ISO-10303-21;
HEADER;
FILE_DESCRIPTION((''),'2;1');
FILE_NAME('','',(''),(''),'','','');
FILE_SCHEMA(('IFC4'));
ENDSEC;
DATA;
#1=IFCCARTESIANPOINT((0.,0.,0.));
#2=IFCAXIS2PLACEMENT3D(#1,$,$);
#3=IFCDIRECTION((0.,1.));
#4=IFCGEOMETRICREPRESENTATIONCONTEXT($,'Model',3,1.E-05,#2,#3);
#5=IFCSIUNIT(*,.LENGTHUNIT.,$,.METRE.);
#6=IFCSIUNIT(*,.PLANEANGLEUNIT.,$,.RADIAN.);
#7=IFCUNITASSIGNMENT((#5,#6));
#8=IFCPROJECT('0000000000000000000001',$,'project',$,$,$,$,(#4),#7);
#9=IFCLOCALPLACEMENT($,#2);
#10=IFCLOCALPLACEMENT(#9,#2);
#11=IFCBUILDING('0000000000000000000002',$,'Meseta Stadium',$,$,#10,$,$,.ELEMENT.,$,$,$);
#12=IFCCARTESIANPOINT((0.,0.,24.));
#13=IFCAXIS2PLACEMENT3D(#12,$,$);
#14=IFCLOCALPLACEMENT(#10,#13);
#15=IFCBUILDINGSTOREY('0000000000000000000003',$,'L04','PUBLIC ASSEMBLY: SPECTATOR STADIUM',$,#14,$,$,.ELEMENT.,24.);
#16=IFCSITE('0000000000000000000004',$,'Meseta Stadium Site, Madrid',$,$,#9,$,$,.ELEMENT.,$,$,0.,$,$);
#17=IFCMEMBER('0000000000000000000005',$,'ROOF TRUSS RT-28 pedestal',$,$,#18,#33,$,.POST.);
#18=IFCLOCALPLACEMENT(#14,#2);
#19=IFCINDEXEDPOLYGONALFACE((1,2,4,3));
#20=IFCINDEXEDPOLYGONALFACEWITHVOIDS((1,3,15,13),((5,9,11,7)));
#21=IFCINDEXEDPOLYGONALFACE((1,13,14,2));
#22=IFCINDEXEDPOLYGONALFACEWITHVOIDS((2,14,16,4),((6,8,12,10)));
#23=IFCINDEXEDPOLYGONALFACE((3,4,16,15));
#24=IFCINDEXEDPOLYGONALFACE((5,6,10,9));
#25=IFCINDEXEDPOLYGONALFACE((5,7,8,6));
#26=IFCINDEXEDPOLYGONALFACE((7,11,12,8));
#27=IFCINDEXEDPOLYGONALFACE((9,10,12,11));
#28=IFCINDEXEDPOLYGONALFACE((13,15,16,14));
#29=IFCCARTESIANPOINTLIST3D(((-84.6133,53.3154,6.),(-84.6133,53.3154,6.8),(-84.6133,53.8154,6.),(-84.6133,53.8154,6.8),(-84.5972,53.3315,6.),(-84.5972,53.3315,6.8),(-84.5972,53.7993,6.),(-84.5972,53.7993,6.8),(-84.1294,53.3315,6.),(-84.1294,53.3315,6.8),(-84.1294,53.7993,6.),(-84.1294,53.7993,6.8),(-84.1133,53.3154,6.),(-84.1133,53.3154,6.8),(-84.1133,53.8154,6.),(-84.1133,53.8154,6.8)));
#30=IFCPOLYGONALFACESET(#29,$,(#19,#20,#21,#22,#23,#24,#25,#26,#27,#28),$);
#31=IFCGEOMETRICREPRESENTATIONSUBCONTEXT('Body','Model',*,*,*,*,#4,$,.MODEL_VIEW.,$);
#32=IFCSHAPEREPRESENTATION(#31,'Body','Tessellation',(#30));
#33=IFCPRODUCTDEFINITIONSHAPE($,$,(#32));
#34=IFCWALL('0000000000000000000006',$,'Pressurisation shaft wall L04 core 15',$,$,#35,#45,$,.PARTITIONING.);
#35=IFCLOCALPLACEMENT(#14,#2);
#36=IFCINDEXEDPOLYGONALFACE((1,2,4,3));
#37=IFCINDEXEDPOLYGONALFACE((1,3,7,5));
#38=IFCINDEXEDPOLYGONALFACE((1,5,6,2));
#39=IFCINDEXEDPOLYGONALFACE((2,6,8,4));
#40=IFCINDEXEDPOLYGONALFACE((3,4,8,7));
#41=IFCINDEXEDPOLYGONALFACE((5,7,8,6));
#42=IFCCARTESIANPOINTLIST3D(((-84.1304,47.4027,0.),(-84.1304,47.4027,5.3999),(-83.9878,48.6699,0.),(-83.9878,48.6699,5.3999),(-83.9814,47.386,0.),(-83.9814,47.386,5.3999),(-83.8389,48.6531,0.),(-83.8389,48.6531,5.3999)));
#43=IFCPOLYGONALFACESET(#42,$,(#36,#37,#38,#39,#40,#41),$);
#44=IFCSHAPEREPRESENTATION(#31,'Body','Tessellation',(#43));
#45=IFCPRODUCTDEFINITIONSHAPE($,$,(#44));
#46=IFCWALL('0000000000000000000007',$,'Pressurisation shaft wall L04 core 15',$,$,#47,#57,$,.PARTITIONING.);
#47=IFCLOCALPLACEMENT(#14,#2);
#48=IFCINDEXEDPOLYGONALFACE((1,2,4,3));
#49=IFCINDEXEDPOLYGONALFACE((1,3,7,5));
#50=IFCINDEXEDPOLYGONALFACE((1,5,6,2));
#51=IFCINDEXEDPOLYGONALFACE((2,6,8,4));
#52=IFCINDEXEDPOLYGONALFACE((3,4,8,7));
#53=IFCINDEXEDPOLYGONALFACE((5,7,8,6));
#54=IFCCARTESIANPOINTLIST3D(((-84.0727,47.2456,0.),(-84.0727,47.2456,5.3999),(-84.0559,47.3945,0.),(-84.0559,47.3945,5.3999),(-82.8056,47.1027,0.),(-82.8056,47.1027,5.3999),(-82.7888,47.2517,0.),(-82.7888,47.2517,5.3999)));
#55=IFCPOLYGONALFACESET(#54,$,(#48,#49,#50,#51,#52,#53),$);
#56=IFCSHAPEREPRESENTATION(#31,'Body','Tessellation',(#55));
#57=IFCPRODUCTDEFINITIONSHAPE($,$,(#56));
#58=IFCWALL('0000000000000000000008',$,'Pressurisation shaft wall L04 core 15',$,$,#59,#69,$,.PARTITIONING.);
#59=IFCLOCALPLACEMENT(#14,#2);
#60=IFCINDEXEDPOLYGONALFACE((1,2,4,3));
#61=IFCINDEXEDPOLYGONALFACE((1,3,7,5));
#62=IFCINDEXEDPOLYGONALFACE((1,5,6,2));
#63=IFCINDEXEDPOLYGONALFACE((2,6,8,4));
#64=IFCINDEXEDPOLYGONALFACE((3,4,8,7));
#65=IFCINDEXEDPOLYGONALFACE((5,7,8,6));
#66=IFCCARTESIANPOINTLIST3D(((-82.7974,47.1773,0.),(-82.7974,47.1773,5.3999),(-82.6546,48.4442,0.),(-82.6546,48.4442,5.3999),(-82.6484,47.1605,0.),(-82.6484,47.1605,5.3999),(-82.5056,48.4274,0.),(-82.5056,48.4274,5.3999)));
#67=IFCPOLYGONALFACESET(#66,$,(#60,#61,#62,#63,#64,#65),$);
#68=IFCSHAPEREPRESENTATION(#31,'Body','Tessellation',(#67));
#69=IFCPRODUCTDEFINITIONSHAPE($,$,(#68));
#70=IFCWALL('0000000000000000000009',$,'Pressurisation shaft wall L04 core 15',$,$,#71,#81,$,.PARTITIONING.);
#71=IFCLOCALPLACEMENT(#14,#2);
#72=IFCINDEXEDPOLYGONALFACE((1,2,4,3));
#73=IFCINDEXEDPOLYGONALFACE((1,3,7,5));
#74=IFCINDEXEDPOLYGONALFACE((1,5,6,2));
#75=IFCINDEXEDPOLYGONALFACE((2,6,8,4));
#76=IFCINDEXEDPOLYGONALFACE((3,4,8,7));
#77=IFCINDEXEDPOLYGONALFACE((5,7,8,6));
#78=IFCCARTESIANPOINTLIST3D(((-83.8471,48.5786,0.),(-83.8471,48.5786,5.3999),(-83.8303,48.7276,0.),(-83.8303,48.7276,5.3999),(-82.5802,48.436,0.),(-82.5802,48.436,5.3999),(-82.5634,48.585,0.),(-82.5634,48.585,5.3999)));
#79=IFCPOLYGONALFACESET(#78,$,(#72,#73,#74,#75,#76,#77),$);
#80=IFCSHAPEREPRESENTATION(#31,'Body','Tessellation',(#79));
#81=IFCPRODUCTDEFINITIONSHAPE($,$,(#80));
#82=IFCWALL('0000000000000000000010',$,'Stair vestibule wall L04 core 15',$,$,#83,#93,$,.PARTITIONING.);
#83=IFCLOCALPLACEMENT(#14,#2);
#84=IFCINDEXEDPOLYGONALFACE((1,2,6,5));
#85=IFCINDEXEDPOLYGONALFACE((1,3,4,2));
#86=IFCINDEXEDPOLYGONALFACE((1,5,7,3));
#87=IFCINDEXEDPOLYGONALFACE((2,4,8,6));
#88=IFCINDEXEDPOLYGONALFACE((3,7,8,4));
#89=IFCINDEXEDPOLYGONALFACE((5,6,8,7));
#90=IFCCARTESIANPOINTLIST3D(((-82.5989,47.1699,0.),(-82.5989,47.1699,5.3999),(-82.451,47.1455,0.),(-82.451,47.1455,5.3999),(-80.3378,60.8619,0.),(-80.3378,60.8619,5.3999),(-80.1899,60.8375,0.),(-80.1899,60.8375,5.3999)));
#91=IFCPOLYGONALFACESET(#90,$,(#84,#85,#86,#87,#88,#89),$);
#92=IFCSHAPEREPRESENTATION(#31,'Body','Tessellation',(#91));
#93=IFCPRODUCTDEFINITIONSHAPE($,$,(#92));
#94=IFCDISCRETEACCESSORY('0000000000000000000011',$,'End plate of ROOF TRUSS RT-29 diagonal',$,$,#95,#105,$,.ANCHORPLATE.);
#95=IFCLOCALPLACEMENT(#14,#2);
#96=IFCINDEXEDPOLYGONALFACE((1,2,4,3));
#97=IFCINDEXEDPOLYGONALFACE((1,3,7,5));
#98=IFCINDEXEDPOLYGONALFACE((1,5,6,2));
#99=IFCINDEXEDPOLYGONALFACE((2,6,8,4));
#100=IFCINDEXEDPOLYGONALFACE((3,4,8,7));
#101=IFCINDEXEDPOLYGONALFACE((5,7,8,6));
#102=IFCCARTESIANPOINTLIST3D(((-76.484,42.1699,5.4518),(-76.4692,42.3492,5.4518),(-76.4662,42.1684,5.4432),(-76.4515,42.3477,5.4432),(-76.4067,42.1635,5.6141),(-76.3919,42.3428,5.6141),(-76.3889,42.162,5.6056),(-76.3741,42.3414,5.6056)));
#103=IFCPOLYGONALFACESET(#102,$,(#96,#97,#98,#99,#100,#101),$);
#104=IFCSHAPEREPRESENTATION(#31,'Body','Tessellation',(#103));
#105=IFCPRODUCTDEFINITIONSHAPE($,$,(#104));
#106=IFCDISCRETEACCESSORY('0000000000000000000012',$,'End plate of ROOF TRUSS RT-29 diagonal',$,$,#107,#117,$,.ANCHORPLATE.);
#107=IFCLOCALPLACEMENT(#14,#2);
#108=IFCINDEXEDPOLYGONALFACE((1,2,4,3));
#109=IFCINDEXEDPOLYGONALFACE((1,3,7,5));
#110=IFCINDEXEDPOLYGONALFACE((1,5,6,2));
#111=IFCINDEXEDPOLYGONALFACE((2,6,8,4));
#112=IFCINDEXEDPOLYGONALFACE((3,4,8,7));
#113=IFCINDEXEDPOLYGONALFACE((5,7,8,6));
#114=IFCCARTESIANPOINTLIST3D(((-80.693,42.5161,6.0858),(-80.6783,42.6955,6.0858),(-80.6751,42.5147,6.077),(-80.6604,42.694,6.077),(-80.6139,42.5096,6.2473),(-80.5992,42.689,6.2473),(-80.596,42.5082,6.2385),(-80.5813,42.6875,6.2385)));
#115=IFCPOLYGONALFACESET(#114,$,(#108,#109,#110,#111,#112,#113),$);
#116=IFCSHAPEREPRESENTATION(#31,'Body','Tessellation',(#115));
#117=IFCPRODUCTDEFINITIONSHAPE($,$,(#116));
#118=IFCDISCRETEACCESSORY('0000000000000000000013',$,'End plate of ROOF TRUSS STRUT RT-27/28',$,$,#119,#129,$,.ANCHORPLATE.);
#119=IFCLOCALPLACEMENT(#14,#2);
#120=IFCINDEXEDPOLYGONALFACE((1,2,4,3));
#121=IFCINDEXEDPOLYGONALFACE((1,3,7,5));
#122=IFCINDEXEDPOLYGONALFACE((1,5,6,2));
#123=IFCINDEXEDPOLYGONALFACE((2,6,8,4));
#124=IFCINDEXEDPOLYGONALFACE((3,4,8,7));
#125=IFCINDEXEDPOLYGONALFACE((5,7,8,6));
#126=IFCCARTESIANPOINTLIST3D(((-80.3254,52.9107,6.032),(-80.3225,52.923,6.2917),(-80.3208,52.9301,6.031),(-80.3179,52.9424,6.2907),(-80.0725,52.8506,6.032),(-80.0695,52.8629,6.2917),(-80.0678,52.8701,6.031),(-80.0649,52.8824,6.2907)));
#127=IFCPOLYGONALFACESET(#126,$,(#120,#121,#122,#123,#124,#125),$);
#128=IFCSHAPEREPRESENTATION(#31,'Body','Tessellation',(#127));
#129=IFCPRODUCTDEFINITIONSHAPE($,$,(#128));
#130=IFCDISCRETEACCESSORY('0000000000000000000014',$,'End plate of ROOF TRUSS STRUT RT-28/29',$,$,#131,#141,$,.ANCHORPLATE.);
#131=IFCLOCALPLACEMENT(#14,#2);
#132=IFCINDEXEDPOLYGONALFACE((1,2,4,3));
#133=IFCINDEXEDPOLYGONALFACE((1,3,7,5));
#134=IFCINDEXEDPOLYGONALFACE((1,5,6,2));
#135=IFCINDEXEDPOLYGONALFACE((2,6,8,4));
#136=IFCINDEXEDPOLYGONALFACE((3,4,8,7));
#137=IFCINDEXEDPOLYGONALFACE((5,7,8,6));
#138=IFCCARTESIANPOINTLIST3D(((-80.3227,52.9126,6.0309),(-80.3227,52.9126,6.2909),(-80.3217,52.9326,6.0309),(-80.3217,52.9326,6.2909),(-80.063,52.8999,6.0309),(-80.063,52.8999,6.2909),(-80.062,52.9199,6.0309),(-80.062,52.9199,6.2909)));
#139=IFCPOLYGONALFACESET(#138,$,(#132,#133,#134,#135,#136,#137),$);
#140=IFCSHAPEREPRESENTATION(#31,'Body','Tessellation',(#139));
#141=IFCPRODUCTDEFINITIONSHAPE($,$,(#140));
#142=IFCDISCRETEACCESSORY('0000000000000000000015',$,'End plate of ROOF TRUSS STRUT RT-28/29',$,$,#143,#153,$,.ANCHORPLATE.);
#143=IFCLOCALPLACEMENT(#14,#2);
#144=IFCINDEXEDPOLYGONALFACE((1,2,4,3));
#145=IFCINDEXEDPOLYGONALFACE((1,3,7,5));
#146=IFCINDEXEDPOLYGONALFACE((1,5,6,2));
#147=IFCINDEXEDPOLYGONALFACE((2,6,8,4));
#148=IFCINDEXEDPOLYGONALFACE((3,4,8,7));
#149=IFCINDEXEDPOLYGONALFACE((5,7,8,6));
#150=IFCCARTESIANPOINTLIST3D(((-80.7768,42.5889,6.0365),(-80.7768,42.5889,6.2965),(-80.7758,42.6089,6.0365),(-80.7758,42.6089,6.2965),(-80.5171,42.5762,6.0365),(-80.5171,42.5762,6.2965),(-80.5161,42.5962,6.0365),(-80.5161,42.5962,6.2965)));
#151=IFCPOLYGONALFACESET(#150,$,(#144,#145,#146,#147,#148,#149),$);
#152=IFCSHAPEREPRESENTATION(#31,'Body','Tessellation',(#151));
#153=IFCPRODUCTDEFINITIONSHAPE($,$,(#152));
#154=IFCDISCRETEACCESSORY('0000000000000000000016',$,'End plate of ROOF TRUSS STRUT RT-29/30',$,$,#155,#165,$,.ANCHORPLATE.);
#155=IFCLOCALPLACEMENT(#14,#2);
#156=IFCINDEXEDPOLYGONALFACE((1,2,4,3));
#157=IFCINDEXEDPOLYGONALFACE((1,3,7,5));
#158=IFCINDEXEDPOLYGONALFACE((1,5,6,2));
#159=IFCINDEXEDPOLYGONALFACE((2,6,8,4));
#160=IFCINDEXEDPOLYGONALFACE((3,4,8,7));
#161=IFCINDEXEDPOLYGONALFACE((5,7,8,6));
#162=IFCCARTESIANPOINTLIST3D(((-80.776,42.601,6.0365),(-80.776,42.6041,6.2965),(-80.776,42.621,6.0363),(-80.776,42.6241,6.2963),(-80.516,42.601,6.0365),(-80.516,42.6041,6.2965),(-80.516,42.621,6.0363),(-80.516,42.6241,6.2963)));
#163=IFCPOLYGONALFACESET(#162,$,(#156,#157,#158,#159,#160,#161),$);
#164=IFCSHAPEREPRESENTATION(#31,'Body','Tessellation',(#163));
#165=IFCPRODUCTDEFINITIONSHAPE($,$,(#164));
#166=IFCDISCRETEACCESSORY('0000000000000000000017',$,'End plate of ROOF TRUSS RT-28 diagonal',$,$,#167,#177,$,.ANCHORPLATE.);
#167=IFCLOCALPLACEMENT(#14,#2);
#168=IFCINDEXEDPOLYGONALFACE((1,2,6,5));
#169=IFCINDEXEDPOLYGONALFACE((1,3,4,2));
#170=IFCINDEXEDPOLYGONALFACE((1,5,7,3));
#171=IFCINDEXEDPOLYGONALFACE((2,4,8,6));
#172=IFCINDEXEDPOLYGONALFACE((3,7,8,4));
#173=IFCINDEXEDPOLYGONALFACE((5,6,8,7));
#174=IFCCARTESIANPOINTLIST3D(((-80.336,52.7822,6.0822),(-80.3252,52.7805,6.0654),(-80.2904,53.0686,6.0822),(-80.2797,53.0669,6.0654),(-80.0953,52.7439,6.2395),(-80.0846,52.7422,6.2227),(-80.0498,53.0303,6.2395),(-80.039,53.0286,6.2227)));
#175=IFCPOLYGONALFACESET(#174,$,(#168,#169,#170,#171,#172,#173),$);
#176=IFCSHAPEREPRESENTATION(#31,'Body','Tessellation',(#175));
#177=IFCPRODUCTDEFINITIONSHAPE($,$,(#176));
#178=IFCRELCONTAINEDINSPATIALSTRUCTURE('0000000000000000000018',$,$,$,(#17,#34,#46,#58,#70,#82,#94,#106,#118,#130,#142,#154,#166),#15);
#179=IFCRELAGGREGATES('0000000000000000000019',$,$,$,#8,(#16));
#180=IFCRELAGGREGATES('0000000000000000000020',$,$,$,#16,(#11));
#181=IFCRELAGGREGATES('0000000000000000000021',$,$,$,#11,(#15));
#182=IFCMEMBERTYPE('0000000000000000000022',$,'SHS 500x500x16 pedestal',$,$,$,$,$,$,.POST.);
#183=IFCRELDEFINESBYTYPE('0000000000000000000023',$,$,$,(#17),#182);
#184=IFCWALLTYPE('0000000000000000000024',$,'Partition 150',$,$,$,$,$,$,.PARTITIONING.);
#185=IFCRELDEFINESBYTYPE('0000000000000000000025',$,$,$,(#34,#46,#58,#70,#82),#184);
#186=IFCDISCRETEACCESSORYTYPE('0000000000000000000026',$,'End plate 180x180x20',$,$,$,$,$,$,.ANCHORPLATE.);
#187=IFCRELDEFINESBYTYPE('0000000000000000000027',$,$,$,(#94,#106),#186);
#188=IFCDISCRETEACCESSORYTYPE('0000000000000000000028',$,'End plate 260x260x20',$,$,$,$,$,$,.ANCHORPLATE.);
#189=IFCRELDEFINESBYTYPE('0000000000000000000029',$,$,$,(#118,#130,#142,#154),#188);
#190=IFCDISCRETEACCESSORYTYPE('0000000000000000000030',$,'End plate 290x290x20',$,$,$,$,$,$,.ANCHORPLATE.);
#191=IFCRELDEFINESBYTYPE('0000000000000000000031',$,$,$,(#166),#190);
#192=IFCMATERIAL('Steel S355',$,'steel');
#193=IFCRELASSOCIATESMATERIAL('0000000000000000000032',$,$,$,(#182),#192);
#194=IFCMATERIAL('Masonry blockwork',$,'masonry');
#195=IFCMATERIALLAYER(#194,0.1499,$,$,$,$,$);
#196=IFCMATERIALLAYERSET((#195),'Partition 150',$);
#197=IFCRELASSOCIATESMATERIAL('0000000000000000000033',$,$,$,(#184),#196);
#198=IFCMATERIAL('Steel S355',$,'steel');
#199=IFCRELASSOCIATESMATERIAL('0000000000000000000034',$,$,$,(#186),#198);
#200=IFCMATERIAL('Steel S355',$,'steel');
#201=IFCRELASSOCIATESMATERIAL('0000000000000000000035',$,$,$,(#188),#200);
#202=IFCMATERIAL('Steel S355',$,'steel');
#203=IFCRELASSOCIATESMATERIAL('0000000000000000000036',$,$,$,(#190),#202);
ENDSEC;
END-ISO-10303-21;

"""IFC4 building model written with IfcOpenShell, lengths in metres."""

from ifc_helpers import new_model, si_unit, direction, frame, frame_2d, origin, origin_2d, place, context, subcontext, project, spatial, rectangle, hollow_rectangle, extrude, material, layer, layer_set, material_profile, profile_set, type_object, element, save


model = new_model("IFC4")

# Units and contexts
model_context = context("Model", 3, precision=1e-05, world=origin(), true_north=direction((0.0, 1.0)))
body_context = subcontext(model_context, "Body", "Model", "MODEL_VIEW")
ifc_project = project(units=[si_unit("LENGTHUNIT", "METRE"), si_unit("PLANEANGLEUNIT", "RADIAN")], contexts=[model_context])

# Site, building, storey
site_placement = place(None, origin())
site = spatial("IfcSite", under=ifc_project, at=site_placement, Name="Meseta Stadium Site, Madrid", CompositionType="ELEMENT", RefElevation=0.0)
building_placement = place(site_placement, origin())
building = spatial("IfcBuilding", under=site, at=building_placement, Name="Meseta Stadium", CompositionType="ELEMENT")
storey_placement = place(building_placement, frame((0.0, 0.0, 24.0)))
storey = spatial("IfcBuildingStorey", under=building, at=storey_placement, Name="L04", Description="PUBLIC ASSEMBLY: SPECTATOR STADIUM", CompositionType="ELEMENT", Elevation=24.0)

# Member
ifc_material_1 = material(Name="Steel S355", Category="steel")
ifc_material_profile_1 = material_profile(ifc_material_1, hollow_rectangle(XDim=0.5, YDim=0.5, WallThickness=0.0161, at=origin_2d()), Name="SHS 500x500x16")
ifc_profile_set_1 = profile_set([ifc_material_profile_1], Name="Steel S355")
member_type_1 = type_object("IfcMemberType", Name="SHS 500x500x16 pedestal", PredefinedType="POST", material=ifc_profile_set_1)
member_1_placement = place(storey_placement, frame((-84.3633, 53.5654, 6.0), z_axis=(0.0, 0.0, 1.0), x_axis=(1.0, 0.0, 0.0)))
element("IfcMember", 1, at=member_1_placement, inside=storey, type_object=member_type_1, Name="ROOF TRUSS RT-28 pedestal", PredefinedType="POST", context=body_context, shape_type="SweptSolid", body=[
    extrude(hollow_rectangle(XDim=0.5, YDim=0.5, WallThickness=0.0161, at=origin_2d()), origin(), (0.0, 0.0, 1.0), 0.8),
])

# Walls
ifc_material_2 = material(Name="Masonry blockwork", Category="masonry")
ifc_layer = layer(ifc_material_2, 0.1499)
ifc_layer_set = layer_set([ifc_layer], Name="Partition 150")
wall_type = type_object("IfcWallType", Name="Partition 150", PredefinedType="PARTITIONING", material=ifc_layer_set)
for number, where, z_axis, x_axis, name in (
    (2, (-83.9133, 48.6616, 0.0), (0.0, 0.0, 1.0), (-0.111818, -0.993729, 0.0), "Pressurisation shaft wall L04 core 15"),
    (3, (-84.0645, 47.3201, 0.0), (0.0, 0.0, 1.0), (0.993707, -0.112007, 0.0), "Pressurisation shaft wall L04 core 15"),
):
    element("IfcWall", number, at=place(storey_placement, frame(where, z_axis=z_axis, x_axis=x_axis)), inside=storey, type_object=wall_type, Name=name, PredefinedType="PARTITIONING", context=body_context, shape_type="SweptSolid", body=[
        extrude(rectangle(XDim=1.2751, YDim=0.1499, at=frame_2d((0.6377, 0.0))), origin(), (0.0, 0.0, 1.0), 5.3999),
    ])
for number, where, z_axis, x_axis, name in (
    (4, (-82.7229, 47.1689, 0.0), (0.0, 0.0, 1.0), (0.112029, 0.993705, 0.0), "Pressurisation shaft wall L04 core 15"),
    (5, (-82.5718, 48.5105, 0.0), (0.0, 0.0, 1.0), (-0.993726, 0.11184, 0.0), "Pressurisation shaft wall L04 core 15"),
):
    element("IfcWall", number, at=place(storey_placement, frame(where, z_axis=z_axis, x_axis=x_axis)), inside=storey, type_object=wall_type, Name=name, PredefinedType="PARTITIONING", context=body_context, shape_type="SweptSolid", body=[
        extrude(rectangle(XDim=1.2749, YDim=0.1499, at=frame_2d((0.6375, 0.0))), origin(), (0.0, 0.0, 1.0), 5.3999),
    ])
wall_placement = place(storey_placement, frame((-82.5249, 47.1577, 0.0), z_axis=(0.0, 0.0, 1.0), x_axis=(0.162927, 0.986638, 0.0)))
element("IfcWall", 6, at=wall_placement, inside=storey, type_object=wall_type, Name="Stair vestibule wall L04 core 15", PredefinedType="PARTITIONING", context=body_context, shape_type="SweptSolid", body=[
    extrude(rectangle(XDim=13.8774, YDim=0.1499, at=frame_2d((6.9387, 0.0))), origin(), (0.0, 0.0, 1.0), 5.3999),
])

# Discrete accessories
ifc_material_3 = material(Name="Steel S355", Category="steel")
ifc_material_profile_2 = material_profile(ifc_material_3, rectangle(XDim=0.1799, YDim=0.1799, at=origin_2d()), Name="PL 180x180")
ifc_profile_set_2 = profile_set([ifc_material_profile_2], Name="Steel S355")
discrete_accessory_type_1 = type_object("IfcDiscreteAccessoryType", Name="End plate 180x180x20", PredefinedType="ANCHORPLATE", material=ifc_profile_set_2)
discrete_accessory_1_placement = place(storey_placement, frame((-76.4202, 42.2549, 5.5244), z_axis=(-0.899249, 0.073911, 0.431147), x_axis=(-0.081916, -0.996639, 0.0)))
element("IfcDiscreteAccessory", 7, at=discrete_accessory_1_placement, inside=storey, type_object=discrete_accessory_type_1, Name="End plate of ROOF TRUSS RT-29 diagonal", PredefinedType="ANCHORPLATE", context=body_context, shape_type="SweptSolid", body=[
    extrude(rectangle(XDim=0.1799, YDim=0.1799, at=origin_2d()), origin(), (0.0, 0.0, 1.0), 0.0198),
])
discrete_accessory_2_placement = place(storey_placement, frame((-80.6282, 42.6011, 6.1577), z_axis=(-0.894444, 0.073516, 0.441096), x_axis=(-0.081916, -0.996639, 0.0)))
element("IfcDiscreteAccessory", 8, at=discrete_accessory_2_placement, inside=storey, type_object=discrete_accessory_type_1, Name="End plate of ROOF TRUSS RT-29 diagonal", PredefinedType="ANCHORPLATE", context=body_context, shape_type="SweptSolid", body=[
    extrude(rectangle(XDim=0.1799, YDim=0.1799, at=origin_2d()), origin(), (0.0, 0.0, 1.0), 0.02),
])
ifc_material_4 = material(Name="Steel S355", Category="steel")
ifc_material_profile_3 = material_profile(ifc_material_4, rectangle(XDim=0.26, YDim=0.26, at=origin_2d()), Name="PL 260x260")
ifc_profile_set_3 = profile_set([ifc_material_profile_3], Name="Steel S355")
discrete_accessory_type_2 = type_object("IfcDiscreteAccessoryType", Name="End plate 260x260x20", PredefinedType="ANCHORPLATE", material=ifc_profile_set_3)
for number, where, z_axis, x_axis, name in (
    (9, (-80.1929, 52.9062, 6.1609), (-0.230799, -0.971787, 0.048589), (0.972937, -0.231072, 0.0), "End plate of ROOF TRUSS STRUT RT-27/28"),
    (10, (-80.1919, 52.9263, 6.1609), (-0.048723, -0.998812, 0.0), (0.998812, -0.048723, 0.0), "End plate of ROOF TRUSS STRUT RT-28/29"),
    (11, (-80.646, 42.6025, 6.1665), (-0.048723, -0.998812, 0.0), (0.998812, -0.048723, 0.0), "End plate of ROOF TRUSS STRUT RT-28/29"),
    (12, (-80.646, 42.6226, 6.1663), (0.0, -0.999926, 0.012194), (1.0, 0.0, 0.0), "End plate of ROOF TRUSS STRUT RT-29/30"),
):
    element("IfcDiscreteAccessory", number, at=place(storey_placement, frame(where, z_axis=z_axis, x_axis=x_axis)), inside=storey, type_object=discrete_accessory_type_2, Name=name, PredefinedType="ANCHORPLATE", context=body_context, shape_type="SweptSolid", body=[
        extrude(rectangle(XDim=0.26, YDim=0.26, at=origin_2d()), origin(), (0.0, 0.0, 1.0), 0.02),
    ])
ifc_material_5 = material(Name="Steel S355", Category="steel")
ifc_material_profile_4 = material_profile(ifc_material_5, rectangle(XDim=0.29, YDim=0.29, at=origin_2d()), Name="PL 290x290")
ifc_profile_set_4 = profile_set([ifc_material_profile_4], Name="Steel S355")
discrete_accessory_type_3 = type_object("IfcDiscreteAccessoryType", Name="End plate 290x290x20", PredefinedType="ANCHORPLATE", material=ifc_profile_set_4)
discrete_accessory_3_placement = place(storey_placement, frame((-80.1821, 52.9045, 6.144), z_axis=(-0.53571, 0.085227, 0.84009), x_axis=(-0.157115, -0.98758, 0.0)))
element("IfcDiscreteAccessory", 13, at=discrete_accessory_3_placement, inside=storey, type_object=discrete_accessory_type_3, Name="End plate of ROOF TRUSS RT-28 diagonal", PredefinedType="ANCHORPLATE", context=body_context, shape_type="SweptSolid", body=[
    extrude(rectangle(XDim=0.29, YDim=0.29, at=origin_2d()), origin(), (0.0, 0.0, 1.0), 0.02),
])

save(model, "model.ifc")
